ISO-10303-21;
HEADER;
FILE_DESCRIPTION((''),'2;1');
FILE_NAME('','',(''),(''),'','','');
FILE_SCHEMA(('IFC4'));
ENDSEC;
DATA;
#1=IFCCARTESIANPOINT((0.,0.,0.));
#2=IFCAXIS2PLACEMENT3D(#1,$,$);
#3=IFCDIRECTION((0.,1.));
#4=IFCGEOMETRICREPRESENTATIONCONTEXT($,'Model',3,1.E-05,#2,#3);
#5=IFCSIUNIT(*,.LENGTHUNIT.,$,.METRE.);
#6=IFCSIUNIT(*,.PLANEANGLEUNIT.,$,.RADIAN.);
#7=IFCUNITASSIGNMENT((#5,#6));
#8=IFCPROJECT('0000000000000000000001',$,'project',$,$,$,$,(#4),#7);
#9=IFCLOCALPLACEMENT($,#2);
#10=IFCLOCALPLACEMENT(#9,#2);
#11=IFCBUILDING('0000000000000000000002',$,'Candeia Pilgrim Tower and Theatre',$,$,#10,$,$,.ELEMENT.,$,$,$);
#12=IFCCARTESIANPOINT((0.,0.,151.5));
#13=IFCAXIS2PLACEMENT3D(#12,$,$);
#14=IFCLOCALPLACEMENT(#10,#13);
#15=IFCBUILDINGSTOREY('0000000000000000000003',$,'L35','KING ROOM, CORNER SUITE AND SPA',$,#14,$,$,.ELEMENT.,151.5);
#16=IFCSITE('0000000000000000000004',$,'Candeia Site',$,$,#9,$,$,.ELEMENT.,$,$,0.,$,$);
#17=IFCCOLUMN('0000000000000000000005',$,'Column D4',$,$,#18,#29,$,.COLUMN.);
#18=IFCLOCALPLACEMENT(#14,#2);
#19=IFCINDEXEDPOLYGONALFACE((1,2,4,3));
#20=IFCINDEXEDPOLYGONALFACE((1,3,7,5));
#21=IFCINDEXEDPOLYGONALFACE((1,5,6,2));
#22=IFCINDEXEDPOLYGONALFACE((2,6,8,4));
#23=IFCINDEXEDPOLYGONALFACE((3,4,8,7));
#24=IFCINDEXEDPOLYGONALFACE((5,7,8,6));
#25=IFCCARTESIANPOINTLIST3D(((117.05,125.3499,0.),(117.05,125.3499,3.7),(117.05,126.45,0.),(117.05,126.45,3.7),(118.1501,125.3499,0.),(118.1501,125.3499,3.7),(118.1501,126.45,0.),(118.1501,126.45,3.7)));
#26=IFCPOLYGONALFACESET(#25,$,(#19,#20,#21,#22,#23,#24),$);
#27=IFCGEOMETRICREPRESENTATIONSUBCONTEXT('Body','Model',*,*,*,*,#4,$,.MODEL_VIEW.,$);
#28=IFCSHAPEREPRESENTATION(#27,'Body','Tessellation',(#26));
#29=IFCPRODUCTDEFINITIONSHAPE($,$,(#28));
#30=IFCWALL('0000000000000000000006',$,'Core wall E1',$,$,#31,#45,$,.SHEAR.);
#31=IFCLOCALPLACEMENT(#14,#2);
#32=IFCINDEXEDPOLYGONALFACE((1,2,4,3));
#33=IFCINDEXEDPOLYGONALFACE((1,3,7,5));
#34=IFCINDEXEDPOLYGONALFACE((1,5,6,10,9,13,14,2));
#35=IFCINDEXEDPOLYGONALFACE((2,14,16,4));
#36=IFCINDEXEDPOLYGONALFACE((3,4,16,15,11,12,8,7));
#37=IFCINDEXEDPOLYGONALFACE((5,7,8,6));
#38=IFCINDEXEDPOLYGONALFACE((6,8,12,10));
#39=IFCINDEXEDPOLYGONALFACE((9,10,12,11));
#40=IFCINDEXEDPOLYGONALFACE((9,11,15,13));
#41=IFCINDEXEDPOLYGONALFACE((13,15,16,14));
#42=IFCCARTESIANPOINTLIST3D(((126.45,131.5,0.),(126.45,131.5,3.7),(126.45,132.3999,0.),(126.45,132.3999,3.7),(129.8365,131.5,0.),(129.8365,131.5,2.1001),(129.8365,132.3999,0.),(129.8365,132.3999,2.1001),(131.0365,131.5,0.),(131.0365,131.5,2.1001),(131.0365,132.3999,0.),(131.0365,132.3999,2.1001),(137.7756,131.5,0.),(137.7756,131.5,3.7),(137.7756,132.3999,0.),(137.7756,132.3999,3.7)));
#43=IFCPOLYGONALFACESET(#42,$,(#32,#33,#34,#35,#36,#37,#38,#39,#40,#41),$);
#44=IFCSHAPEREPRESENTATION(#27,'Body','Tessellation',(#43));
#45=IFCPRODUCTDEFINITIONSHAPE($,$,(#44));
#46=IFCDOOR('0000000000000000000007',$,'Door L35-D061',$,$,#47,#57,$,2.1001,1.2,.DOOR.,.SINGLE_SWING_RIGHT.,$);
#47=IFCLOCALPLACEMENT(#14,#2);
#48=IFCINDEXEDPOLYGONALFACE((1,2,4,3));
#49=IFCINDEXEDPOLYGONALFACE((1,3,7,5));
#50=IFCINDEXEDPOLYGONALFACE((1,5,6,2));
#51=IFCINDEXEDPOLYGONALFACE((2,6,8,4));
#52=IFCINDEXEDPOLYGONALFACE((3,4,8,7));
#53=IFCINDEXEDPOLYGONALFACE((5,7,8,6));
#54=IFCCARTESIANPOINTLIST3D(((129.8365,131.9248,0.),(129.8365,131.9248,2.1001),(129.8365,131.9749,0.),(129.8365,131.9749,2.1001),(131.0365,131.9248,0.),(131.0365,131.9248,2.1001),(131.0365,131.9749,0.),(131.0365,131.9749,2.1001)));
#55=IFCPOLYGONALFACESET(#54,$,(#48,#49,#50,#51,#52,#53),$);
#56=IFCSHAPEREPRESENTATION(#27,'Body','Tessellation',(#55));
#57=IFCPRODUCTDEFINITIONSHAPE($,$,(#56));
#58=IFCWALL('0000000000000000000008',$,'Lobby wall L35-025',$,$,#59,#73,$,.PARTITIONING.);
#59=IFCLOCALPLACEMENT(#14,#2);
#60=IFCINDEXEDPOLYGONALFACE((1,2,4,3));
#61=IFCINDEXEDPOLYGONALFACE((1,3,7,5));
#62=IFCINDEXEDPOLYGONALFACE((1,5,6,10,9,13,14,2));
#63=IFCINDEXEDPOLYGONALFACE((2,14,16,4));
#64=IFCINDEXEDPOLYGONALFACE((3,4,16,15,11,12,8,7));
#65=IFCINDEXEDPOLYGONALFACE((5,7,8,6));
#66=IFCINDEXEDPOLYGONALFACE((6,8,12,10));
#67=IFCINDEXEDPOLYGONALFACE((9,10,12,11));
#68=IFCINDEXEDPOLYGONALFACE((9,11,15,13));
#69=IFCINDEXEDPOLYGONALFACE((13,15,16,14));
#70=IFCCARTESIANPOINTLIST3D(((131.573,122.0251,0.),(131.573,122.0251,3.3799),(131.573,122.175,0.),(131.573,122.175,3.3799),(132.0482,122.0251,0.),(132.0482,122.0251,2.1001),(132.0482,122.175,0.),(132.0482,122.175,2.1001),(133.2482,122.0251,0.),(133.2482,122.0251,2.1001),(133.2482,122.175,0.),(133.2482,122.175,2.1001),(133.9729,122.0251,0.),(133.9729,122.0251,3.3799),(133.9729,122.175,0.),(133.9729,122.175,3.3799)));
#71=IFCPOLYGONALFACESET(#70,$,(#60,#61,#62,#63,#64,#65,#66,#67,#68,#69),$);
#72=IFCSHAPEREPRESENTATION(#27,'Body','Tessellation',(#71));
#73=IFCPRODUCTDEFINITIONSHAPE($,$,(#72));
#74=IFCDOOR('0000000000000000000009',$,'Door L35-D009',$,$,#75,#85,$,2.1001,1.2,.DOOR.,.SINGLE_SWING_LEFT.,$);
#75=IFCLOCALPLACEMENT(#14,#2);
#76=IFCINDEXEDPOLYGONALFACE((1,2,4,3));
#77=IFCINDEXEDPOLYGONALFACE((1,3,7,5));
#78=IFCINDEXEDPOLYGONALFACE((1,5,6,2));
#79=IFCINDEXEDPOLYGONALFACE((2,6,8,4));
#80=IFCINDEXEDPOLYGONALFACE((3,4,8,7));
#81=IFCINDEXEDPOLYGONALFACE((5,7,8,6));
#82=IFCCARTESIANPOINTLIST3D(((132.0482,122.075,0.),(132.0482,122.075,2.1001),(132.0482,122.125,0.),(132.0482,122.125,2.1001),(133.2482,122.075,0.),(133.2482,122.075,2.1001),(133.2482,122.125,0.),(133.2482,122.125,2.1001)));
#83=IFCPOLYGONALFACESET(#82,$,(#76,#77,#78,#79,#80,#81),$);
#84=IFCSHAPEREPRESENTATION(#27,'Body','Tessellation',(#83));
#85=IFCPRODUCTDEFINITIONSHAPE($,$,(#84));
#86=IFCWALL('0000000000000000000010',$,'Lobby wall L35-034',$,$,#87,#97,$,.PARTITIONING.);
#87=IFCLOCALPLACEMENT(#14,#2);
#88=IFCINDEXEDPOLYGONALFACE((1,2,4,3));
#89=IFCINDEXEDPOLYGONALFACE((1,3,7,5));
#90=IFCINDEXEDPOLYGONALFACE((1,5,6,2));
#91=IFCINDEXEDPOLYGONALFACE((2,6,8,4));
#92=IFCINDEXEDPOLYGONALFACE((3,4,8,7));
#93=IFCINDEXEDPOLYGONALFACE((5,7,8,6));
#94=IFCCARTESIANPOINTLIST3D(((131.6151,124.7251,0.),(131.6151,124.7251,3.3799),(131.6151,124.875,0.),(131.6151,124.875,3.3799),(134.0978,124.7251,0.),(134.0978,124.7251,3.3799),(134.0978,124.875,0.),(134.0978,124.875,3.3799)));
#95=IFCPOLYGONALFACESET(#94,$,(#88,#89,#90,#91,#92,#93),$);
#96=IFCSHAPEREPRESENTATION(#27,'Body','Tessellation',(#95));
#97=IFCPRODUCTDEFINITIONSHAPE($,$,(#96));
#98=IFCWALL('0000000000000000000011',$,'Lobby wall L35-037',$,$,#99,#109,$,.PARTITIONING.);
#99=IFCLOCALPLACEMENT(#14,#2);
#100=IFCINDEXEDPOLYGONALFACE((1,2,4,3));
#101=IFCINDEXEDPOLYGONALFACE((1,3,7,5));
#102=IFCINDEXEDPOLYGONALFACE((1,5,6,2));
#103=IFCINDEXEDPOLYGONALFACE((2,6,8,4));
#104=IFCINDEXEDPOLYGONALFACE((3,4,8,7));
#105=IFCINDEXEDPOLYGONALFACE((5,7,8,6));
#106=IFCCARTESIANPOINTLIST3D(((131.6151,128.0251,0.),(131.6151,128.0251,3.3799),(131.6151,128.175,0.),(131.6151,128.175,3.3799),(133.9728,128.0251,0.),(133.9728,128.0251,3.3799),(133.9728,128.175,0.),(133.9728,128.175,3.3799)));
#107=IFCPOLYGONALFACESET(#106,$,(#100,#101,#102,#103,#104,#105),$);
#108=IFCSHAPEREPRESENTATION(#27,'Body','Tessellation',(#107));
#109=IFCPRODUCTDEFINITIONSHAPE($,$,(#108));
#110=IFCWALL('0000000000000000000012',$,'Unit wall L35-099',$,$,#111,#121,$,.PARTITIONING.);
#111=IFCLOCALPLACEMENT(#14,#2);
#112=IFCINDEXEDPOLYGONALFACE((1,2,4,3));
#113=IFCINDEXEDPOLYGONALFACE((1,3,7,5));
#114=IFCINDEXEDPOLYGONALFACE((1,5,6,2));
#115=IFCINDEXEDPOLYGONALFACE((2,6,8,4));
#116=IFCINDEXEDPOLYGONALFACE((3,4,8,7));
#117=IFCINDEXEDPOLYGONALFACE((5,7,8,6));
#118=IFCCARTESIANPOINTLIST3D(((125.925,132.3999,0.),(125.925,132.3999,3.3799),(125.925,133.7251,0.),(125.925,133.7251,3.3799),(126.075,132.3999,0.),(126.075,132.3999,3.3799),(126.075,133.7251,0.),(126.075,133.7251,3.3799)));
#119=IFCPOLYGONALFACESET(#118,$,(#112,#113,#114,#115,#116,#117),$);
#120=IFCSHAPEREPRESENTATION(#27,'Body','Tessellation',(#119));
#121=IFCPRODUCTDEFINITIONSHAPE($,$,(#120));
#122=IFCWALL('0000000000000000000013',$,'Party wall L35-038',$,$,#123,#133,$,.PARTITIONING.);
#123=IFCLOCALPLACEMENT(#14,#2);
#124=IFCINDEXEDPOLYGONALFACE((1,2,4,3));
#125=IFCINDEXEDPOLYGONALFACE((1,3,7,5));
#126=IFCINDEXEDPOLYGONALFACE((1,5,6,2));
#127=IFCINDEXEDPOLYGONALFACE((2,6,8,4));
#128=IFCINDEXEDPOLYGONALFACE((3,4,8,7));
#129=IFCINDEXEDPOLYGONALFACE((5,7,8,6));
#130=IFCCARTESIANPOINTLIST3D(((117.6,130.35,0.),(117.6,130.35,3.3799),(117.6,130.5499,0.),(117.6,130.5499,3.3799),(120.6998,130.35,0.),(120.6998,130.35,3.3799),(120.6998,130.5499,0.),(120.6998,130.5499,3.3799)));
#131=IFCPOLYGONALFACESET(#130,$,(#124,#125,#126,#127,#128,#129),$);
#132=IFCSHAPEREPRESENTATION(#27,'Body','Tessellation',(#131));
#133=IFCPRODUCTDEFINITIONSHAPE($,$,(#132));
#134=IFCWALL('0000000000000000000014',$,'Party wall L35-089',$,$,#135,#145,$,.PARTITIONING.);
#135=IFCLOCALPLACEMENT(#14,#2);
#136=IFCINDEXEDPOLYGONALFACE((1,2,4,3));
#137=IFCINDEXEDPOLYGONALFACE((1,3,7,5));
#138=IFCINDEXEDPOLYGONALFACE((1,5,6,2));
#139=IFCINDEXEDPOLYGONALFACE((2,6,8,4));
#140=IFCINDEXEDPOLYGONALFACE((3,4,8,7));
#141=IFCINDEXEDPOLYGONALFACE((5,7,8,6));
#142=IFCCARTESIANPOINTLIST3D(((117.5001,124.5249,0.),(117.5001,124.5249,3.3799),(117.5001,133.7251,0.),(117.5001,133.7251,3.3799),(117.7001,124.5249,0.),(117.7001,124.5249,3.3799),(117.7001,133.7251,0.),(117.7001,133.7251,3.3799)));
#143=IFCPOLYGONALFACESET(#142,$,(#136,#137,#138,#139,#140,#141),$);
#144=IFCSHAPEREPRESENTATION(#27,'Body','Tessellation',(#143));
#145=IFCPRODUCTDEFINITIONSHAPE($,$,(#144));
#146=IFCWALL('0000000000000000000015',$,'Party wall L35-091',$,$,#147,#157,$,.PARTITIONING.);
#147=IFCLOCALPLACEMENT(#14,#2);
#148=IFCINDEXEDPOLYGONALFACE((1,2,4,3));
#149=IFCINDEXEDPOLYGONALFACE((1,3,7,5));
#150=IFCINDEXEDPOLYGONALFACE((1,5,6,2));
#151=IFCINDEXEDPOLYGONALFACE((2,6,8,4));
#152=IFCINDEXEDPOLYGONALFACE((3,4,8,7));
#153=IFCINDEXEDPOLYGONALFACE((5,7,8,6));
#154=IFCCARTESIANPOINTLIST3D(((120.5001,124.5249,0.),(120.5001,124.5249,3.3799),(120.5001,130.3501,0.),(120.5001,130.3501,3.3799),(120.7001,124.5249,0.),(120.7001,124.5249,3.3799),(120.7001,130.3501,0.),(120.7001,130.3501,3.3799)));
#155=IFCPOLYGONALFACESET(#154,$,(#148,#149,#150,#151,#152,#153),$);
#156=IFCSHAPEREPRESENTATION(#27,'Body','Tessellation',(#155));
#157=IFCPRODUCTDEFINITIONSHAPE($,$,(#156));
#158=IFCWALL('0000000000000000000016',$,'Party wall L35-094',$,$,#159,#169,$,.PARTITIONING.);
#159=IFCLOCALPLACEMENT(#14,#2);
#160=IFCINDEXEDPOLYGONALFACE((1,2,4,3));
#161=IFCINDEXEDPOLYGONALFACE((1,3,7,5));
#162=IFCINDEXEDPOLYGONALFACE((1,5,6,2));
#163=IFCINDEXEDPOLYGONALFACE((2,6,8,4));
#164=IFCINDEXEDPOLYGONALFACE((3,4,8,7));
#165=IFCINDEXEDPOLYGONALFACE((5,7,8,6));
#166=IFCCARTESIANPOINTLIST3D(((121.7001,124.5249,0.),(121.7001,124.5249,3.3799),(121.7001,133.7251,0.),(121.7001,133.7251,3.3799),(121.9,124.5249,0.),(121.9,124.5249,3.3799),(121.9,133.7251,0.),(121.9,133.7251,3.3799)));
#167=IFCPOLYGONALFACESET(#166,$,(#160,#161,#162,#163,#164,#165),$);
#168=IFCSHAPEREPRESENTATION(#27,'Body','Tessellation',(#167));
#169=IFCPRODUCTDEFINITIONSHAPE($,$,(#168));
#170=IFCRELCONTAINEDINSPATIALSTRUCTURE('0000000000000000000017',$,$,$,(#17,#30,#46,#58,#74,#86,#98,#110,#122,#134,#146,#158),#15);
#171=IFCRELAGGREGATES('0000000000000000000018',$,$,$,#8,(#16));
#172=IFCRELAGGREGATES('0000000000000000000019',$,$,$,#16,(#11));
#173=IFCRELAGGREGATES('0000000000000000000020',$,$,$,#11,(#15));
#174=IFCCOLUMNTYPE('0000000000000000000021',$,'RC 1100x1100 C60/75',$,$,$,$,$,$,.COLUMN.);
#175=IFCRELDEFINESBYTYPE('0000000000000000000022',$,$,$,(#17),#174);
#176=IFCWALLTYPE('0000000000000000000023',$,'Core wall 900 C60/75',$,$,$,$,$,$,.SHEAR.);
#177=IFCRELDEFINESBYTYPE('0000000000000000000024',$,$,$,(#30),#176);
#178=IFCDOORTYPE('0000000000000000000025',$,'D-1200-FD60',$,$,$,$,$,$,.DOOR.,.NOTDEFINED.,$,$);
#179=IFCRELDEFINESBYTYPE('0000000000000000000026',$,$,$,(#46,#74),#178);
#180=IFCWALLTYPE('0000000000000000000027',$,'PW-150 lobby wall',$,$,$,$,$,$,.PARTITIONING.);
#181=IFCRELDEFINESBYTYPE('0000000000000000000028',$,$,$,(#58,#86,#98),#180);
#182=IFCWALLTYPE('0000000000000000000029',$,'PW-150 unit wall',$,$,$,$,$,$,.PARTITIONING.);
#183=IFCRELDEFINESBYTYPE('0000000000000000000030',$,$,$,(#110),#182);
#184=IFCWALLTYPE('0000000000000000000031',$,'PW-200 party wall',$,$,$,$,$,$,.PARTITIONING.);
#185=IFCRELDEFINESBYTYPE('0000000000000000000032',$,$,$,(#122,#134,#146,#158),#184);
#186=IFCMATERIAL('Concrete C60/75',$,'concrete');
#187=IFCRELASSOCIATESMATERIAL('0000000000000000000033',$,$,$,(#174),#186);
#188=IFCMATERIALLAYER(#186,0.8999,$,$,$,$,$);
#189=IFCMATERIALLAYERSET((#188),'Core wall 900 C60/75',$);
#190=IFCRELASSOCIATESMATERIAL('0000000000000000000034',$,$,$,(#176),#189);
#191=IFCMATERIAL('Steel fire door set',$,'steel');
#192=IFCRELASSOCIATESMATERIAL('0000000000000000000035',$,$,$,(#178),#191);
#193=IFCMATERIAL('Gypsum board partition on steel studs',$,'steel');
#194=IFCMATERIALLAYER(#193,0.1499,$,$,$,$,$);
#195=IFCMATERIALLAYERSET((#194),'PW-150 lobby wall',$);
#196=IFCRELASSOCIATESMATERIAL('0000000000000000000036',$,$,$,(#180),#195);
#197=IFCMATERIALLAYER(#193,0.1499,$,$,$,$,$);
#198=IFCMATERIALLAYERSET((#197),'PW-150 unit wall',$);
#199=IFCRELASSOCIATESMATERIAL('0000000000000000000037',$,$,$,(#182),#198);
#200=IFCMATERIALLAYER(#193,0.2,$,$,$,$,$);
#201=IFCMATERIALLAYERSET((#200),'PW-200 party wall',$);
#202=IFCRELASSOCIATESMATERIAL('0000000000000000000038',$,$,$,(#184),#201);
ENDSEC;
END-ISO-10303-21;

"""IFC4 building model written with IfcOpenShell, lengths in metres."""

from ifc_helpers import new_model, si_unit, direction, frame, frame_2d, origin, origin_2d, place, context, subcontext, project, spatial, rectangle, extrude, material, layer, layer_set, material_profile, profile_set, type_object, element, fill, save


model = new_model("IFC4")

# Units and contexts
model_context = context("Model", 3, precision=1e-05, world=origin(), true_north=direction((0.0, 1.0)))
body_context = subcontext(model_context, "Body", "Model", "MODEL_VIEW")
ifc_project = project(units=[si_unit("LENGTHUNIT", "METRE"), si_unit("PLANEANGLEUNIT", "RADIAN")], contexts=[model_context])

# Site, building, storey
site_placement = place(None, origin())
site = spatial("IfcSite", under=ifc_project, at=site_placement, Name="Candeia Site", CompositionType="ELEMENT", RefElevation=0.0)
building_placement = place(site_placement, origin())
building = spatial("IfcBuilding", under=site, at=building_placement, Name="Candeia Pilgrim Tower and Theatre", CompositionType="ELEMENT")
storey_placement = place(building_placement, frame((0.0, 0.0, 151.5)))
storey = spatial("IfcBuildingStorey", under=building, at=storey_placement, Name="L35", Description="KING ROOM, CORNER SUITE AND SPA", CompositionType="ELEMENT", Elevation=151.5)

# Column
ifc_material_1 = material(Name="Concrete C60/75", Category="concrete")
ifc_material_profile = material_profile(ifc_material_1, rectangle(XDim=1.1001, YDim=1.1001, at=origin_2d()))
ifc_profile_set = profile_set([ifc_material_profile], Name="Concrete C60/75")
column_type = type_object("IfcColumnType", Name="RC 1100x1100 C60/75", PredefinedType="COLUMN", material=ifc_profile_set)
column_placement = place(storey_placement, frame((117.6001, 125.8999, 0.0), z_axis=(0.0, 0.0, 1.0), x_axis=(1.0, 0.0, 0.0)))
element("IfcColumn", 1, at=column_placement, inside=storey, type_object=column_type, Name="Column D4", PredefinedType="COLUMN", context=body_context, shape_type="SweptSolid", body=[
    extrude(rectangle(XDim=1.1001, YDim=1.1001, at=origin_2d()), origin(), (0.0, 0.0, 1.0), 3.7),
])

# Walls, openings, doors
ifc_layer_1 = layer(ifc_material_1, 0.8999)
ifc_layer_set_1 = layer_set([ifc_layer_1], Name="Core wall 900 C60/75")
wall_type_1 = type_object("IfcWallType", Name="Core wall 900 C60/75", PredefinedType="SHEAR", material=ifc_layer_set_1)
wall_1_placement = place(storey_placement, frame((126.45, 131.95, 0.0), z_axis=(0.0, 0.0, 1.0), x_axis=(1.0, 0.0, 0.0)))
wall_1 = element("IfcWall", 2, at=wall_1_placement, inside=storey, type_object=wall_type_1, Name="Core wall E1", PredefinedType="SHEAR", context=body_context, shape_type="SweptSolid", body=[
    extrude(rectangle(XDim=11.3257, YDim=0.8999, at=frame_2d((5.6628, 0.0))), origin(), (0.0, 0.0, 1.0), 3.7),
])
opening_1_placement = place(wall_1_placement, frame((3.3865, 0.0, 0.0)))
opening_1 = element("IfcOpeningElement", 3, at=opening_1_placement, cuts=wall_1, PredefinedType="OPENING", context=body_context, shape_type="SweptSolid", body=[
    extrude(rectangle(XDim=1.2, YDim=2.1001, at=frame_2d((0.6001, 1.05))), frame((0.0, 0.46, 0.0), z_axis=(0.0, -1.0, 0.0), x_axis=(1.0, 0.0, 0.0)), (0.0, 0.0, 1.0), 0.9199),
])
ifc_material_2 = material(Name="Steel fire door set", Category="steel")
door_type_1 = type_object("IfcDoorType", Name="D-1200-FD60", OperationType="NOTDEFINED", PredefinedType="DOOR", material=ifc_material_2)
door_1_placement = place(opening_1_placement, origin())
door_1 = element("IfcDoor", 4, at=door_1_placement, inside=storey, type_object=door_type_1, Name="Door L35-D061", OperationType="SINGLE_SWING_RIGHT", OverallHeight=2.1001, OverallWidth=1.2, PredefinedType="DOOR", context=body_context, shape_type="SweptSolid", body=[
    extrude(rectangle(XDim=1.2, YDim=2.1001, at=frame_2d((0.6001, 1.05))), frame((0.0, 0.0249, 0.0), z_axis=(0.0, -1.0, 0.0), x_axis=(1.0, 0.0, 0.0)), (0.0, 0.0, 1.0), 0.05),
])
fill(opening_1, door_1)
ifc_material_3 = material(Name="Gypsum board partition on steel studs", Category="steel")
ifc_layer_2 = layer(ifc_material_3, 0.1499)
ifc_layer_set_2 = layer_set([ifc_layer_2], Name="PW-150 lobby wall")
wall_type_2 = type_object("IfcWallType", Name="PW-150 lobby wall", PredefinedType="PARTITIONING", material=ifc_layer_set_2)
wall_2_placement = place(storey_placement, frame((131.573, 122.1001, 0.0), z_axis=(0.0, 0.0, 1.0), x_axis=(1.0, 0.0, 0.0)))
wall_2 = element("IfcWall", 5, at=wall_2_placement, inside=storey, type_object=wall_type_2, Name="Lobby wall L35-025", PredefinedType="PARTITIONING", context=body_context, shape_type="SweptSolid", body=[
    extrude(rectangle(XDim=2.3999, YDim=0.1499, at=frame_2d((1.2, 0.0))), origin(), (0.0, 0.0, 1.0), 3.3799),
])
opening_2_placement = place(wall_2_placement, frame((0.4751, 0.0, 0.0)))
opening_2 = element("IfcOpeningElement", 6, at=opening_2_placement, cuts=wall_2, PredefinedType="OPENING", context=body_context, shape_type="SweptSolid", body=[
    extrude(rectangle(XDim=1.2, YDim=2.1001, at=frame_2d((0.6001, 1.05))), frame((0.0, 0.085, 0.0), z_axis=(0.0, -1.0, 0.0), x_axis=(1.0, 0.0, 0.0)), (0.0, 0.0, 1.0), 0.1699),
])
door_2_placement = place(opening_2_placement, origin())
door_2 = element("IfcDoor", 7, at=door_2_placement, inside=storey, type_object=door_type_1, Name="Door L35-D009", OperationType="SINGLE_SWING_LEFT", OverallHeight=2.1001, OverallWidth=1.2, PredefinedType="DOOR", context=body_context, shape_type="SweptSolid", body=[
    extrude(rectangle(XDim=1.2, YDim=2.1001, at=frame_2d((0.6001, 1.05))), frame((0.0, 0.0249, 0.0), z_axis=(0.0, -1.0, 0.0), x_axis=(1.0, 0.0, 0.0)), (0.0, 0.0, 1.0), 0.05),
])
fill(opening_2, door_2)

# Walls
wall_3_placement = place(storey_placement, frame((131.6152, 124.8, 0.0), z_axis=(0.0, 0.0, 1.0), x_axis=(1.0, 0.0, 0.0)))
element("IfcWall", 8, at=wall_3_placement, inside=storey, type_object=wall_type_2, Name="Lobby wall L35-034", PredefinedType="PARTITIONING", context=body_context, shape_type="SweptSolid", body=[
    extrude(rectangle(XDim=2.4827, YDim=0.1499, at=frame_2d((1.2412, 0.0))), origin(), (0.0, 0.0, 1.0), 3.3799),
])
wall_4_placement = place(storey_placement, frame((131.6152, 128.1001, 0.0), z_axis=(0.0, 0.0, 1.0), x_axis=(1.0, 0.0, 0.0)))
element("IfcWall", 9, at=wall_4_placement, inside=storey, type_object=wall_type_2, Name="Lobby wall L35-037", PredefinedType="PARTITIONING", context=body_context, shape_type="SweptSolid", body=[
    extrude(rectangle(XDim=2.3577, YDim=0.1499, at=frame_2d((1.1787, 0.0))), origin(), (0.0, 0.0, 1.0), 3.3799),
])
ifc_layer_3 = layer(ifc_material_3, 0.1499)
ifc_layer_set_3 = layer_set([ifc_layer_3], Name="PW-150 unit wall")
wall_type_3 = type_object("IfcWallType", Name="PW-150 unit wall", PredefinedType="PARTITIONING", material=ifc_layer_set_3)
wall_5_placement = place(storey_placement, frame((126.0, 132.3999, 0.0), z_axis=(0.0, 0.0, 1.0), x_axis=(0.0, 1.0, 0.0)))
element("IfcWall", 10, at=wall_5_placement, inside=storey, type_object=wall_type_3, Name="Unit wall L35-099", PredefinedType="PARTITIONING", context=body_context, shape_type="SweptSolid", body=[
    extrude(rectangle(XDim=1.3252, YDim=0.1499, at=frame_2d((0.6626, 0.0))), origin(), (0.0, 0.0, 1.0), 3.3799),
])
ifc_layer_4 = layer(ifc_material_3, 0.2)
ifc_layer_set_4 = layer_set([ifc_layer_4], Name="PW-200 party wall")
wall_type_4 = type_object("IfcWallType", Name="PW-200 party wall", PredefinedType="PARTITIONING", material=ifc_layer_set_4)
wall_6_placement = place(storey_placement, frame((117.6001, 130.45, 0.0), z_axis=(0.0, 0.0, 1.0), x_axis=(1.0, 0.0, 0.0)))
element("IfcWall", 11, at=wall_6_placement, inside=storey, type_object=wall_type_4, Name="Party wall L35-038", PredefinedType="PARTITIONING", context=body_context, shape_type="SweptSolid", body=[
    extrude(rectangle(XDim=3.0999, YDim=0.2, at=frame_2d((1.5498, 0.0))), origin(), (0.0, 0.0, 1.0), 3.3799),
])
wall_7_placement = place(storey_placement, frame((117.6001, 124.5249, 0.0), z_axis=(0.0, 0.0, 1.0), x_axis=(0.0, 1.0, 0.0)))
element("IfcWall", 12, at=wall_7_placement, inside=storey, type_object=wall_type_4, Name="Party wall L35-089", PredefinedType="PARTITIONING", context=body_context, shape_type="SweptSolid", body=[
    extrude(rectangle(XDim=9.2002, YDim=0.2, at=frame_2d((4.6001, 0.0))), origin(), (0.0, 0.0, 1.0), 3.3799),
])
wall_8_placement = place(storey_placement, frame((120.6001, 124.5249, 0.0), z_axis=(0.0, 0.0, 1.0), x_axis=(0.0, 1.0, 0.0)))
element("IfcWall", 13, at=wall_8_placement, inside=storey, type_object=wall_type_4, Name="Party wall L35-091", PredefinedType="PARTITIONING", context=body_context, shape_type="SweptSolid", body=[
    extrude(rectangle(XDim=5.8252, YDim=0.2, at=frame_2d((2.9126, 0.0))), origin(), (0.0, 0.0, 1.0), 3.3799),
])
wall_9_placement = place(storey_placement, frame((121.8, 124.5249, 0.0), z_axis=(0.0, 0.0, 1.0), x_axis=(0.0, 1.0, 0.0)))
element("IfcWall", 14, at=wall_9_placement, inside=storey, type_object=wall_type_4, Name="Party wall L35-094", PredefinedType="PARTITIONING", context=body_context, shape_type="SweptSolid", body=[
    extrude(rectangle(XDim=9.2002, YDim=0.2, at=frame_2d((4.6001, 0.0))), origin(), (0.0, 0.0, 1.0), 3.3799),
])

save(model, "model.ifc")
